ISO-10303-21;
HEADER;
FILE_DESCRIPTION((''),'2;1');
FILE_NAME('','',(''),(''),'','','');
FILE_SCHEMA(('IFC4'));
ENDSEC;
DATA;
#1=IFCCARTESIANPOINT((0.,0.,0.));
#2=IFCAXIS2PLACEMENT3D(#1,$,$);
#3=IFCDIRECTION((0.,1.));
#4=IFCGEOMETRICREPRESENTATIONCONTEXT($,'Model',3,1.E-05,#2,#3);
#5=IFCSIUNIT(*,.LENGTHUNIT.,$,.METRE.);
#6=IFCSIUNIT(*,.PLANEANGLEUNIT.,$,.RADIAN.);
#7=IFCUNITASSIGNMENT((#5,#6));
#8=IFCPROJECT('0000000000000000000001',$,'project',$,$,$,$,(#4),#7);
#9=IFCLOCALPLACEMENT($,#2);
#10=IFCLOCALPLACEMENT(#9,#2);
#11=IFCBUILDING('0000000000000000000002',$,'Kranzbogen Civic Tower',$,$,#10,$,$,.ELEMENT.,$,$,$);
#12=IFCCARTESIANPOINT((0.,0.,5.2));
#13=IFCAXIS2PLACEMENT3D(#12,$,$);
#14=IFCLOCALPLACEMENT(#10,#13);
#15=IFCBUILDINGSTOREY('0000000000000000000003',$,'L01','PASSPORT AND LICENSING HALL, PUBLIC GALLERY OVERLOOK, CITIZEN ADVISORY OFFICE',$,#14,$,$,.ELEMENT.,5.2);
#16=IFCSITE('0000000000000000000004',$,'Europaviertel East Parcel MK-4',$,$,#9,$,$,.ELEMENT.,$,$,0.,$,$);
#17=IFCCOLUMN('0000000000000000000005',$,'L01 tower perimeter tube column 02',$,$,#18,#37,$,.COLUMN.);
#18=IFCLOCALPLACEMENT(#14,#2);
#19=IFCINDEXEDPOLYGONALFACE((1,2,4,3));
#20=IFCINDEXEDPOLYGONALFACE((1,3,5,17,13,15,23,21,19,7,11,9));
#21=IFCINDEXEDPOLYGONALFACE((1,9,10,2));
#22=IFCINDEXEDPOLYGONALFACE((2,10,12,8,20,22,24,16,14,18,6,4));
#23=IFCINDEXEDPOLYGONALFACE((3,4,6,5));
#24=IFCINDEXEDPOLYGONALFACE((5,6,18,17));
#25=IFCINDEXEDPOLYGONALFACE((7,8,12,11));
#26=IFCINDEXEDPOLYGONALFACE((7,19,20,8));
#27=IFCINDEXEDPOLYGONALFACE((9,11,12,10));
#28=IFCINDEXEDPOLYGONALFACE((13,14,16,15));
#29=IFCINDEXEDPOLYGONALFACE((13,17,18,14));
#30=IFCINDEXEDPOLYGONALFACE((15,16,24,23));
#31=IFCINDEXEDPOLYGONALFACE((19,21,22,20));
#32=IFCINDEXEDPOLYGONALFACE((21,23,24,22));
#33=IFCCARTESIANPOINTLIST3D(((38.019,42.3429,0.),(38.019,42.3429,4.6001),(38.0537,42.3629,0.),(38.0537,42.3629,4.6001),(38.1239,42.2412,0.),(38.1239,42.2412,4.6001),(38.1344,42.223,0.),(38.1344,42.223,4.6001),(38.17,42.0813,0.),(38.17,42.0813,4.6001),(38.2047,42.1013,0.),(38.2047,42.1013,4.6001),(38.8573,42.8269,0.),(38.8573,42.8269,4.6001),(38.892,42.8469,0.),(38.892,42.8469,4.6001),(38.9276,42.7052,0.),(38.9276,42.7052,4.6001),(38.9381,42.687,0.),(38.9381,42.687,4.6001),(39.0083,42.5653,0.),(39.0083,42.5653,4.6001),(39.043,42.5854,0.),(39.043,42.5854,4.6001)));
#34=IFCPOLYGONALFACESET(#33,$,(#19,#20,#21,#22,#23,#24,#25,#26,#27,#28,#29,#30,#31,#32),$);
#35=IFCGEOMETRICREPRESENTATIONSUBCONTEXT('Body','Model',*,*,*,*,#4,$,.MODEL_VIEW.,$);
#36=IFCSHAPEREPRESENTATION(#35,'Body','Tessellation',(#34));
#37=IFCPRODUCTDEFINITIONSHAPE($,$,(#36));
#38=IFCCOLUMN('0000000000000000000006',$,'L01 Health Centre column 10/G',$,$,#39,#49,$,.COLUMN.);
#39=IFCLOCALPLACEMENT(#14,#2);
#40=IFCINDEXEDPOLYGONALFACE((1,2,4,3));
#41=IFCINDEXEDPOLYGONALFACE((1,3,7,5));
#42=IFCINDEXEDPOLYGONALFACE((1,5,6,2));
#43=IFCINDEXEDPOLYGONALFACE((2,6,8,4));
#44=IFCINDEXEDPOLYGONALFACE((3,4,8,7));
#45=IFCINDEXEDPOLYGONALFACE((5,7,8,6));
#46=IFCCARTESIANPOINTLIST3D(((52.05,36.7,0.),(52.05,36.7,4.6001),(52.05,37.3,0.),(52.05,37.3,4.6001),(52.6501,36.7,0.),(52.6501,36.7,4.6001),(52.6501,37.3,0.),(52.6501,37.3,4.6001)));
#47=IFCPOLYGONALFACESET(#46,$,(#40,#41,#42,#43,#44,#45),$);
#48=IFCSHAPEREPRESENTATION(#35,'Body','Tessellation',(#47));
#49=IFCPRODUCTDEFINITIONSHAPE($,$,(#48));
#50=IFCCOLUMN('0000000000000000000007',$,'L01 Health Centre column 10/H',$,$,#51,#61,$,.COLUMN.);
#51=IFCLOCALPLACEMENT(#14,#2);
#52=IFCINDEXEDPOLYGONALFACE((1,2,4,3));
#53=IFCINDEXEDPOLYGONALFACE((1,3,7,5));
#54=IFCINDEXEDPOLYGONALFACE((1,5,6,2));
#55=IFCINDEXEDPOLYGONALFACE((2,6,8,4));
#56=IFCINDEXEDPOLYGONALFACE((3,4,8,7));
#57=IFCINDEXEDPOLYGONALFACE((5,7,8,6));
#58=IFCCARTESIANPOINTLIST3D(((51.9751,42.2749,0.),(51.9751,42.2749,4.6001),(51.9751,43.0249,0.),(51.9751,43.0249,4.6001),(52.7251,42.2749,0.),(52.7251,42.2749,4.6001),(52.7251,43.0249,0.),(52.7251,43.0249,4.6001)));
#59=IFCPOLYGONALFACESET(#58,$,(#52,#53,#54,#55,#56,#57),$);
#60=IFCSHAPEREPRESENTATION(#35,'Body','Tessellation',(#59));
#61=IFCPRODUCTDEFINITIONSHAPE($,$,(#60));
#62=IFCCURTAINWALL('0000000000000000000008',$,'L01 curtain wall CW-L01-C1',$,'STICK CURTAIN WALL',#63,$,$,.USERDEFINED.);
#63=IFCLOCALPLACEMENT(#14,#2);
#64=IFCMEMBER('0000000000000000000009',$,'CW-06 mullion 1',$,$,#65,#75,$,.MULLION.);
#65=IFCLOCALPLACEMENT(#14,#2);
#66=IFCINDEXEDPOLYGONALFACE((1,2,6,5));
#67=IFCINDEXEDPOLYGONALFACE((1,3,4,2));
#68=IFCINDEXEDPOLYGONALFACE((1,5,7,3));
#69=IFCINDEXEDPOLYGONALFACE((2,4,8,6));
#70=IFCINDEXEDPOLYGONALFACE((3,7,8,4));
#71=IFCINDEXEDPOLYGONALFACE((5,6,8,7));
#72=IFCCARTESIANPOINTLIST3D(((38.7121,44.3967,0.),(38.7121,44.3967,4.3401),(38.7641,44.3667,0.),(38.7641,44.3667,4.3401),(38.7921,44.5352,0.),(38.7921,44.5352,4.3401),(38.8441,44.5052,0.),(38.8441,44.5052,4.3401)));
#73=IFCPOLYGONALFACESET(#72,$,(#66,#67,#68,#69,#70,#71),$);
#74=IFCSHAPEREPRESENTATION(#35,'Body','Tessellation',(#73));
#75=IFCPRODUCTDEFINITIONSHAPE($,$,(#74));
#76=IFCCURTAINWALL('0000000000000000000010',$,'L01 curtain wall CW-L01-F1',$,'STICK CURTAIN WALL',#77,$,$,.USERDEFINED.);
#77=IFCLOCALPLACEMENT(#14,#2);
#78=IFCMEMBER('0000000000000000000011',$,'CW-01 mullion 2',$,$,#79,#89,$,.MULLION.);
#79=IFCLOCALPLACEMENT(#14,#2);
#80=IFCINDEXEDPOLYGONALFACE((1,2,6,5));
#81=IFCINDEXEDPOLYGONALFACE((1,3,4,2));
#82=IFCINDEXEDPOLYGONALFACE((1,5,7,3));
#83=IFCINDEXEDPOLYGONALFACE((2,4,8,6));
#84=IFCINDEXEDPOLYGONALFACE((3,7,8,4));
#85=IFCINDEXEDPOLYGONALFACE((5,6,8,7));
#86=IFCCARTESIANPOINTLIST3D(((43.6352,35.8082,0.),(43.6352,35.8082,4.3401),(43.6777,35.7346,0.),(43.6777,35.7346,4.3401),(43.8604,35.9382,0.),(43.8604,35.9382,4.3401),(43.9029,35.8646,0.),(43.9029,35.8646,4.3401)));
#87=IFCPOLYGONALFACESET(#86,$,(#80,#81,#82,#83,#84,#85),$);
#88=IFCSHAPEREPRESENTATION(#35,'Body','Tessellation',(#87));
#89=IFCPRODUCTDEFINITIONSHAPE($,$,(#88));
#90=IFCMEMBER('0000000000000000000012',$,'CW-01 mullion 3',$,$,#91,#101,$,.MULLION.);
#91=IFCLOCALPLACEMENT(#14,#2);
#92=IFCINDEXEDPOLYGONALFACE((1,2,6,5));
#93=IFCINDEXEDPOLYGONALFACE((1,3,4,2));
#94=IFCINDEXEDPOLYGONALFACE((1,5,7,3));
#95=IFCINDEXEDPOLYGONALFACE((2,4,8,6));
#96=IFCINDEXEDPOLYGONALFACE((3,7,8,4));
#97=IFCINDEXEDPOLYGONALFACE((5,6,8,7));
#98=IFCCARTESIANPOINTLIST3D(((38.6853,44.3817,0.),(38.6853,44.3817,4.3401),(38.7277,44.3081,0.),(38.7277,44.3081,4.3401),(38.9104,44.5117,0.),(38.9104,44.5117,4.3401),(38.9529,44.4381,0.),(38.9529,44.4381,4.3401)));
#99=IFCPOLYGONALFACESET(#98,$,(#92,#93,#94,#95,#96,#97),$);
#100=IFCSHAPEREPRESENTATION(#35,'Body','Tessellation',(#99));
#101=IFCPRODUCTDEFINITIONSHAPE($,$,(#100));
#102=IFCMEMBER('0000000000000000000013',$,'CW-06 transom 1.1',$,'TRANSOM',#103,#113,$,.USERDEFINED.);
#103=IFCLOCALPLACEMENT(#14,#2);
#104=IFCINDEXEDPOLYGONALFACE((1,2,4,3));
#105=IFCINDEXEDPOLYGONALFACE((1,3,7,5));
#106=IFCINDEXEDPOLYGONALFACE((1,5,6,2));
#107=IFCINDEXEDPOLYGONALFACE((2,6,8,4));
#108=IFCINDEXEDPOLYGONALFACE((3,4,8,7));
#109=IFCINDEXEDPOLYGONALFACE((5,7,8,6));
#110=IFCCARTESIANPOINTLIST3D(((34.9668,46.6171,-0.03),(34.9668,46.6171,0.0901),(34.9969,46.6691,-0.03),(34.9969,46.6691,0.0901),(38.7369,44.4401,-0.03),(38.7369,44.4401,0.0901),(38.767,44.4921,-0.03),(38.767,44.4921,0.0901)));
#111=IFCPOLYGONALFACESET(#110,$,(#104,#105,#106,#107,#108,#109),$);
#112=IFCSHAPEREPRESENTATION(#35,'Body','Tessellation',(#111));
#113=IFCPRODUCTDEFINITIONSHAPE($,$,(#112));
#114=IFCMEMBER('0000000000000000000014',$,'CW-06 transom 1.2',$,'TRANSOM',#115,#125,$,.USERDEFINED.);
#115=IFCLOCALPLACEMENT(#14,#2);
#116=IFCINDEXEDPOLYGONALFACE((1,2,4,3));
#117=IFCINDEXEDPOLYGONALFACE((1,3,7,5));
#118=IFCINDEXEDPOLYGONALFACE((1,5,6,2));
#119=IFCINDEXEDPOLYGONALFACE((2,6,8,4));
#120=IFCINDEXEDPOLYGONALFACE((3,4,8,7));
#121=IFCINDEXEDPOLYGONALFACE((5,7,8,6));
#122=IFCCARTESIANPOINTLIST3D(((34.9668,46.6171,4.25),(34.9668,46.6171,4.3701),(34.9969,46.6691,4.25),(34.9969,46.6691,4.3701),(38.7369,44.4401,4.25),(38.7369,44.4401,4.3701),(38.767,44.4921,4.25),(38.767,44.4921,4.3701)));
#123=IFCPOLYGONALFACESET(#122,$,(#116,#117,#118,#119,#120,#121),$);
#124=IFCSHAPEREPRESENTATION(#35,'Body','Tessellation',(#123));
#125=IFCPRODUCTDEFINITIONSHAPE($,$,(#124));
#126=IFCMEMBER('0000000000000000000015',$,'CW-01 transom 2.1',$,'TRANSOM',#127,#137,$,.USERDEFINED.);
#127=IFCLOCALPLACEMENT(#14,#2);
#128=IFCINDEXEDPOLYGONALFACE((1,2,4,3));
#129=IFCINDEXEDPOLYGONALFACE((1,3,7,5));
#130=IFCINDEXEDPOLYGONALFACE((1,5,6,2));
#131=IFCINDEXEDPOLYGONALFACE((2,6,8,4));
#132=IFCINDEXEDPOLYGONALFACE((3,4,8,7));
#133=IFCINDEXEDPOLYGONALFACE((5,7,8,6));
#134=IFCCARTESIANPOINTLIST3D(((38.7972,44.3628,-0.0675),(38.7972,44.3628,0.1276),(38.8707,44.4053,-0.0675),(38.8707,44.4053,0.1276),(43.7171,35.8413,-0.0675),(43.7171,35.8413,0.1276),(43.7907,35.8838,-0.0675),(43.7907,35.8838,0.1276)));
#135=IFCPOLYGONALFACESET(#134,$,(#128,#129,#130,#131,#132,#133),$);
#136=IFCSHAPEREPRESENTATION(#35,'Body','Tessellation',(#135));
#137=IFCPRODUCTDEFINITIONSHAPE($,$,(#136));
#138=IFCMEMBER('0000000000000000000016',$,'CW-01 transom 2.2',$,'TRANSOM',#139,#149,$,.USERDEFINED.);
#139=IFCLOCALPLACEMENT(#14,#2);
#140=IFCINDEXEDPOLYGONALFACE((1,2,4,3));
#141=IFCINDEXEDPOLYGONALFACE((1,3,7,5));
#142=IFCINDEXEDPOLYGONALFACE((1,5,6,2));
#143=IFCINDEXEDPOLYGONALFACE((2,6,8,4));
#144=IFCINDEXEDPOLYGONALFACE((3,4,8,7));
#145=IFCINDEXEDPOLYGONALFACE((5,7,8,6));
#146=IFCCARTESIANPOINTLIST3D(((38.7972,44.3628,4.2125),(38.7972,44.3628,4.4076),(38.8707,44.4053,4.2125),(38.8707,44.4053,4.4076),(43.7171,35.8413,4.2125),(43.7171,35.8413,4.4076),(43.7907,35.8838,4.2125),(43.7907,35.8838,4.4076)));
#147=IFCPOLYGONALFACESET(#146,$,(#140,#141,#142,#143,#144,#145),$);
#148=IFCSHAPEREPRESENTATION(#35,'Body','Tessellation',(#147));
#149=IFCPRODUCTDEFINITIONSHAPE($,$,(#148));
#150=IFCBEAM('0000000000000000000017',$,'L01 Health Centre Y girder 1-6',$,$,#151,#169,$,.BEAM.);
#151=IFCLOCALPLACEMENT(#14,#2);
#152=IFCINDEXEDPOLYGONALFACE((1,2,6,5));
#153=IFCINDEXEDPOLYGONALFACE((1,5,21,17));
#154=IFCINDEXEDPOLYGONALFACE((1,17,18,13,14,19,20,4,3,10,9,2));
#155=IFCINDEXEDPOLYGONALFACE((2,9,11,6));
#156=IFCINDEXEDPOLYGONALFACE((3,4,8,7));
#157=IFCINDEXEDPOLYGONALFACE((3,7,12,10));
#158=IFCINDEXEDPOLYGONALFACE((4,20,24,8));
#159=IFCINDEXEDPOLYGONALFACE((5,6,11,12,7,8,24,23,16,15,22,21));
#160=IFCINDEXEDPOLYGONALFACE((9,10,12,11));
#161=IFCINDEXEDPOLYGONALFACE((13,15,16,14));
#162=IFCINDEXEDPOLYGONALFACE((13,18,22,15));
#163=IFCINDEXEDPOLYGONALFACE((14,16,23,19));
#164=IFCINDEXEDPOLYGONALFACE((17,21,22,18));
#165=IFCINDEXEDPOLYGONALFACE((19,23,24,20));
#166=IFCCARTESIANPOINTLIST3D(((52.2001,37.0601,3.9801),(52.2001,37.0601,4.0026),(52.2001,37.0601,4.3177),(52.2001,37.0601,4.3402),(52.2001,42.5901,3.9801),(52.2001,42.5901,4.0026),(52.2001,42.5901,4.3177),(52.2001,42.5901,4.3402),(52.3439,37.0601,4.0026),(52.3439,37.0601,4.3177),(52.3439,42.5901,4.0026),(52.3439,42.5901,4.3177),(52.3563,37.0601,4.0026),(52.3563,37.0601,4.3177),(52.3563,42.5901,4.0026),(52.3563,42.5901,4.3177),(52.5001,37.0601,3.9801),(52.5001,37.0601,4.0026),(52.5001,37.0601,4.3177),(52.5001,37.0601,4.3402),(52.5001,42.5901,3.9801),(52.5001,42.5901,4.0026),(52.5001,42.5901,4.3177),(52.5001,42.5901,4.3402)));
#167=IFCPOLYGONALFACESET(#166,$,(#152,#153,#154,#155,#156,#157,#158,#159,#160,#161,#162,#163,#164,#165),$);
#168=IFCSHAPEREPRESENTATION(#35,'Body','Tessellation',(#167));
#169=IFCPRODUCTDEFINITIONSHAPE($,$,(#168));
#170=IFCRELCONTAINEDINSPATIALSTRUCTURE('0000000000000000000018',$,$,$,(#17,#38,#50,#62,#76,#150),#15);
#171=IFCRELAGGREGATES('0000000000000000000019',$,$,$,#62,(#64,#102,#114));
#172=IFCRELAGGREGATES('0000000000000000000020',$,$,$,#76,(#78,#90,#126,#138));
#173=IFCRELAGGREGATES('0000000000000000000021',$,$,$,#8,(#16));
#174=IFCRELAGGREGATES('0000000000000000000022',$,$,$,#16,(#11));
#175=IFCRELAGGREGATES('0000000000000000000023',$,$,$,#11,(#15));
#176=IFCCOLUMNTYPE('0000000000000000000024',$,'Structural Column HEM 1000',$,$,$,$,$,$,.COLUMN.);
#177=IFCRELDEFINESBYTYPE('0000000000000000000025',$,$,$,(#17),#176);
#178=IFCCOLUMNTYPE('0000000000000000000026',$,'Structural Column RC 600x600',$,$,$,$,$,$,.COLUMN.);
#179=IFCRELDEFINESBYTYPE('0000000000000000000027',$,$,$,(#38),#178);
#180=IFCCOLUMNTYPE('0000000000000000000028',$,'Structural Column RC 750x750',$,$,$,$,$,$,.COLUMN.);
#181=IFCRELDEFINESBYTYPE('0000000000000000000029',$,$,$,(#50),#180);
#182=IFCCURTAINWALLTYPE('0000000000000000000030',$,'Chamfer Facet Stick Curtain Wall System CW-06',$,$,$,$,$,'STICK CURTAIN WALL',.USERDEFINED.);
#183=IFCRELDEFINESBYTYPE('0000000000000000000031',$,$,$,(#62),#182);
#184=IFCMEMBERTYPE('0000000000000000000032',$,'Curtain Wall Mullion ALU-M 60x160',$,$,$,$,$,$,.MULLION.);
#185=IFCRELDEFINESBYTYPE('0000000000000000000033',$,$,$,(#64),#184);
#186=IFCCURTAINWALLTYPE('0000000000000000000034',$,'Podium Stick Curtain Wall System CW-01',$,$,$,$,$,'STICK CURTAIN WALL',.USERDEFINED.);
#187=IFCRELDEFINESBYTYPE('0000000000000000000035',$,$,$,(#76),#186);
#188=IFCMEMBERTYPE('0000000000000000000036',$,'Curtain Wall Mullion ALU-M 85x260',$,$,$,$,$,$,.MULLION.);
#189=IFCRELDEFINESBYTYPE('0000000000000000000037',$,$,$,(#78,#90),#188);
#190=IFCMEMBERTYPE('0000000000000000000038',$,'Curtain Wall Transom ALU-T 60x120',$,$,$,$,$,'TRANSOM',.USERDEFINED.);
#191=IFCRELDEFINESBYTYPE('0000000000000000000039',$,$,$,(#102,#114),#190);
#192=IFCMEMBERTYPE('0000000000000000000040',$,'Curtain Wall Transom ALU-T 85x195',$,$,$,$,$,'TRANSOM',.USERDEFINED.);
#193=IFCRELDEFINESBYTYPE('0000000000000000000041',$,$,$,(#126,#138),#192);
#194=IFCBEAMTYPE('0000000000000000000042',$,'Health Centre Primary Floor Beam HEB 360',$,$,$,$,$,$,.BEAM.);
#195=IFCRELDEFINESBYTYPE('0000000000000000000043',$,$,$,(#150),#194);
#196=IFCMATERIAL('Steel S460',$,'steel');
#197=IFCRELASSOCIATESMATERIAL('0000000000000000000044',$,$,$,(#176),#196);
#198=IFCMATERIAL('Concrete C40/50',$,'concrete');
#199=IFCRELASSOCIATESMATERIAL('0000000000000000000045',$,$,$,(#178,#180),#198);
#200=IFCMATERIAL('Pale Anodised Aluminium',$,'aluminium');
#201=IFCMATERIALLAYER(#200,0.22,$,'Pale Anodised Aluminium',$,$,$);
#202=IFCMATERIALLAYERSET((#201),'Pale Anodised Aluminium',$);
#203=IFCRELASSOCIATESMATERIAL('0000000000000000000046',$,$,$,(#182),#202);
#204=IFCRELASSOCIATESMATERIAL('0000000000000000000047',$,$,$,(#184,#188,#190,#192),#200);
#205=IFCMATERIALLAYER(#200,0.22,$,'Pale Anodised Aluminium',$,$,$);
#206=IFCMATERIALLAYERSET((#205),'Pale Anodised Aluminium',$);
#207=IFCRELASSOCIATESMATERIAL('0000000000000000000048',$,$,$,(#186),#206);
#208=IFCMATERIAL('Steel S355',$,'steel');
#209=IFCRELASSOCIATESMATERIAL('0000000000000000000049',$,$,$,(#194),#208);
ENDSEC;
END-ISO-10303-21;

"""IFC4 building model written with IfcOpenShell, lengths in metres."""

from ifc_helpers import new_model, si_unit, direction, frame, origin, origin_2d, place, context, subcontext, project, spatial, rectangle, i_section, extrude, material, layer, layer_set, material_profile, profile_set, type_object, element, aggregate, save


model = new_model("IFC4")

# Units and contexts
model_context = context("Model", 3, precision=1e-05, world=origin(), true_north=direction((0.0, 1.0)))
body_context = subcontext(model_context, "Body", "Model", "MODEL_VIEW")
ifc_project = project(units=[si_unit("LENGTHUNIT", "METRE"), si_unit("PLANEANGLEUNIT", "RADIAN")], contexts=[model_context])

# Site, building, storey
site_placement = place(None, origin())
site = spatial("IfcSite", under=ifc_project, at=site_placement, Name="Europaviertel East Parcel MK-4", CompositionType="ELEMENT", RefElevation=0.0)
building_placement = place(site_placement, origin())
building = spatial("IfcBuilding", under=site, at=building_placement, Name="Kranzbogen Civic Tower", CompositionType="ELEMENT")
storey_placement = place(building_placement, frame((0.0, 0.0, 5.2)))
storey = spatial("IfcBuildingStorey", under=building, at=storey_placement, Name="L01", Description="PASSPORT AND LICENSING HALL, PUBLIC GALLERY OVERLOOK, CITIZEN ADVISORY OFFICE", CompositionType="ELEMENT", Elevation=5.2)

# Columns
ifc_material_1 = material(Name="Steel S460", Category="steel")
ifc_material_profile_1 = material_profile(ifc_material_1, i_section(OverallWidth=0.302, OverallDepth=1.0081, WebThickness=0.021, FlangeThickness=0.04, at=origin_2d()), Name="HEM 1000")
ifc_profile_set_1 = profile_set([ifc_material_profile_1], Name="Steel S460")
column_type_1 = type_object("IfcColumnType", Name="Structural Column HEM 1000", PredefinedType="COLUMN", material=ifc_profile_set_1)
column_1_placement = place(storey_placement, frame((38.531, 42.4641, 0.0), z_axis=(0.0, 0.0, 1.0), x_axis=(-0.5, 0.866025, 0.0)))
element("IfcColumn", 1, at=column_1_placement, inside=storey, type_object=column_type_1, Name="L01 tower perimeter tube column 02", PredefinedType="COLUMN", context=body_context, shape_type="SweptSolid", body=[
    extrude(i_section(OverallWidth=0.302, OverallDepth=1.0081, WebThickness=0.021, FlangeThickness=0.04, at=origin_2d()), origin(), (0.0, 0.0, 1.0), 4.6001),
])
ifc_material_2 = material(Name="Concrete C40/50", Category="concrete")
ifc_material_profile_2 = material_profile(ifc_material_2, rectangle(XDim=0.6001, YDim=0.6001, at=origin_2d()), Name="RC 600x600")
ifc_profile_set_2 = profile_set([ifc_material_profile_2], Name="Concrete C40/50")
column_type_2 = type_object("IfcColumnType", Name="Structural Column RC 600x600", PredefinedType="COLUMN", material=ifc_profile_set_2)
column_2_placement = place(storey_placement, frame((52.3501, 37.0, 0.0), z_axis=(0.0, 0.0, 1.0), x_axis=(1.0, 0.0, 0.0)))
element("IfcColumn", 2, at=column_2_placement, inside=storey, type_object=column_type_2, Name="L01 Health Centre column 10/G", PredefinedType="COLUMN", context=body_context, shape_type="SweptSolid", body=[
    extrude(rectangle(XDim=0.6001, YDim=0.6001, at=origin_2d()), origin(), (0.0, 0.0, 1.0), 4.6001),
])
ifc_material_profile_3 = material_profile(ifc_material_2, rectangle(XDim=0.75, YDim=0.75, at=origin_2d()), Name="RC 750x750")
ifc_profile_set_3 = profile_set([ifc_material_profile_3], Name="Concrete C40/50")
column_type_3 = type_object("IfcColumnType", Name="Structural Column RC 750x750", PredefinedType="COLUMN", material=ifc_profile_set_3)
column_3_placement = place(storey_placement, frame((52.3501, 42.6499, 0.0), z_axis=(0.0, 0.0, 1.0), x_axis=(1.0, 0.0, 0.0)))
element("IfcColumn", 3, at=column_3_placement, inside=storey, type_object=column_type_3, Name="L01 Health Centre column 10/H", PredefinedType="COLUMN", context=body_context, shape_type="SweptSolid", body=[
    extrude(rectangle(XDim=0.75, YDim=0.75, at=origin_2d()), origin(), (0.0, 0.0, 1.0), 4.6001),
])

# Curtain wall, member
ifc_material_3 = material(Name="Pale Anodised Aluminium", Category="aluminium")
ifc_layer_1 = layer(ifc_material_3, 0.22, Name="Pale Anodised Aluminium")
ifc_layer_set_1 = layer_set([ifc_layer_1], Name="Pale Anodised Aluminium")
curtain_wall_type_1 = type_object("IfcCurtainWallType", Name="Chamfer Facet Stick Curtain Wall System CW-06", ElementType="STICK CURTAIN WALL", PredefinedType="USERDEFINED", material=ifc_layer_set_1)
curtain_wall_1_placement = place(storey_placement, origin())
curtain_wall_1 = element("IfcCurtainWall", 4, at=curtain_wall_1_placement, inside=storey, type_object=curtain_wall_type_1, Name="L01 curtain wall CW-L01-C1", ObjectType="STICK CURTAIN WALL", PredefinedType="USERDEFINED")
ifc_material_profile_4 = material_profile(ifc_material_3, rectangle(XDim=0.0601, YDim=0.1599, at=origin_2d()), Name="ALU-M 60x160")
ifc_profile_set_4 = profile_set([ifc_material_profile_4], Name="Pale Anodised Aluminium")
member_type_1 = type_object("IfcMemberType", Name="Curtain Wall Mullion ALU-M 60x160", PredefinedType="MULLION", material=ifc_profile_set_4)
member_1_placement = place(storey_placement, frame((38.7781, 44.4509, 0.0), z_axis=(0.0, 0.0, 1.0), x_axis=(-0.865992, 0.500058, 0.0)))
member_1 = element("IfcMember", 5, at=member_1_placement, type_object=member_type_1, Name="CW-06 mullion 1", PredefinedType="MULLION", context=body_context, shape_type="SweptSolid", body=[
    extrude(rectangle(XDim=0.0601, YDim=0.1599, at=origin_2d()), origin(), (0.0, 0.0, 1.0), 4.3401),
])

# Curtain wall, members
ifc_layer_2 = layer(ifc_material_3, 0.22, Name="Pale Anodised Aluminium")
ifc_layer_set_2 = layer_set([ifc_layer_2], Name="Pale Anodised Aluminium")
curtain_wall_type_2 = type_object("IfcCurtainWallType", Name="Podium Stick Curtain Wall System CW-01", ElementType="STICK CURTAIN WALL", PredefinedType="USERDEFINED", material=ifc_layer_set_2)
curtain_wall_2_placement = place(storey_placement, origin())
curtain_wall_2 = element("IfcCurtainWall", 6, at=curtain_wall_2_placement, inside=storey, type_object=curtain_wall_type_2, Name="L01 curtain wall CW-L01-F1", ObjectType="STICK CURTAIN WALL", PredefinedType="USERDEFINED")
ifc_material_profile_5 = material_profile(ifc_material_3, rectangle(XDim=0.085, YDim=0.26, at=origin_2d()), Name="ALU-M 85x260")
ifc_profile_set_5 = profile_set([ifc_material_profile_5], Name="Pale Anodised Aluminium")
member_type_2 = type_object("IfcMemberType", Name="Curtain Wall Mullion ALU-M 85x260", PredefinedType="MULLION", material=ifc_profile_set_5)
member_2_placement = place(storey_placement, frame((43.769, 35.8364, 0.0), z_axis=(0.0, 0.0, 1.0), x_axis=(-0.500006, 0.866022, 0.0)))
member_2 = element("IfcMember", 7, at=member_2_placement, type_object=member_type_2, Name="CW-01 mullion 2", PredefinedType="MULLION", context=body_context, shape_type="SweptSolid", body=[
    extrude(rectangle(XDim=0.085, YDim=0.26, at=origin_2d()), origin(), (0.0, 0.0, 1.0), 4.3401),
])
member_3_placement = place(storey_placement, frame((38.8191, 44.4099, 0.0), z_axis=(0.0, 0.0, 1.0), x_axis=(-0.500006, 0.866022, 0.0)))
member_3 = element("IfcMember", 8, at=member_3_placement, type_object=member_type_2, Name="CW-01 mullion 3", PredefinedType="MULLION", context=body_context, shape_type="SweptSolid", body=[
    extrude(rectangle(XDim=0.085, YDim=0.26, at=origin_2d()), origin(), (0.0, 0.0, 1.0), 4.3401),
])

# Members
ifc_material_profile_6 = material_profile(ifc_material_3, rectangle(XDim=0.0601, YDim=0.1201, at=origin_2d()), Name="ALU-T 60x120")
ifc_profile_set_6 = profile_set([ifc_material_profile_6], Name="Pale Anodised Aluminium")
member_type_3 = type_object("IfcMemberType", Name="Curtain Wall Transom ALU-T 60x120", ElementType="TRANSOM", PredefinedType="USERDEFINED", material=ifc_profile_set_6)
member_4_placement = place(storey_placement, frame((38.752, 44.4661, 0.03), z_axis=(-0.865988, 0.500065, 0.0), x_axis=(-0.500065, -0.865988, 0.0)))
member_4 = element("IfcMember", 9, at=member_4_placement, type_object=member_type_3, Name="CW-06 transom 1.1", ObjectType="TRANSOM", PredefinedType="USERDEFINED", context=body_context, shape_type="SweptSolid", body=[
    extrude(rectangle(XDim=0.0601, YDim=0.1201, at=origin_2d()), origin(), (0.0, 0.0, 1.0), 4.3535),
])
member_5_placement = place(storey_placement, frame((38.752, 44.4661, 4.3101), z_axis=(-0.865988, 0.500065, 0.0), x_axis=(-0.500065, -0.865988, 0.0)))
member_5 = element("IfcMember", 10, at=member_5_placement, type_object=member_type_3, Name="CW-06 transom 1.2", ObjectType="TRANSOM", PredefinedType="USERDEFINED", context=body_context, shape_type="SweptSolid", body=[
    extrude(rectangle(XDim=0.0601, YDim=0.1201, at=origin_2d()), origin(), (0.0, 0.0, 1.0), 4.3535),
])
ifc_material_profile_7 = material_profile(ifc_material_3, rectangle(XDim=0.085, YDim=0.1951, at=origin_2d()), Name="ALU-T 85x195")
ifc_profile_set_7 = profile_set([ifc_material_profile_7], Name="Pale Anodised Aluminium")
member_type_4 = type_object("IfcMemberType", Name="Curtain Wall Transom ALU-T 85x195", ElementType="TRANSOM", PredefinedType="USERDEFINED", material=ifc_profile_set_7)
member_6_placement = place(storey_placement, frame((43.7539, 35.8625, 0.03), z_axis=(-0.500003, 0.866024, 0.0), x_axis=(-0.866024, -0.500003, 0.0)))
member_6 = element("IfcMember", 11, at=member_6_placement, type_object=member_type_4, Name="CW-01 transom 2.1", ObjectType="TRANSOM", PredefinedType="USERDEFINED", context=body_context, shape_type="SweptSolid", body=[
    extrude(rectangle(XDim=0.085, YDim=0.1951, at=origin_2d()), origin(), (0.0, 0.0, 1.0), 9.8398),
])
member_7_placement = place(storey_placement, frame((43.7539, 35.8625, 4.3101), z_axis=(-0.500003, 0.866024, 0.0), x_axis=(-0.866024, -0.500003, 0.0)))
member_7 = element("IfcMember", 12, at=member_7_placement, type_object=member_type_4, Name="CW-01 transom 2.2", ObjectType="TRANSOM", PredefinedType="USERDEFINED", context=body_context, shape_type="SweptSolid", body=[
    extrude(rectangle(XDim=0.085, YDim=0.1951, at=origin_2d()), origin(), (0.0, 0.0, 1.0), 9.8398),
])

# Beam
ifc_material_4 = material(Name="Steel S355", Category="steel")
ifc_material_profile_8 = material_profile(ifc_material_4, i_section(OverallWidth=0.3, OverallDepth=0.3601, WebThickness=0.0125, FlangeThickness=0.0225, at=origin_2d()), Name="HEB 360")
ifc_profile_set_8 = profile_set([ifc_material_profile_8], Name="Steel S355")
beam_type_1 = type_object("IfcBeamType", Name="Health Centre Primary Floor Beam HEB 360", PredefinedType="BEAM", material=ifc_profile_set_8)
beam_1_placement = place(storey_placement, frame((52.3501, 37.0601, 4.1602), z_axis=(0.0, 1.0, 0.0), x_axis=(-1.0, 0.0, 0.0)))
element("IfcBeam", 13, at=beam_1_placement, inside=storey, type_object=beam_type_1, Name="L01 Health Centre Y girder 1-6", PredefinedType="BEAM", context=body_context, shape_type="SweptSolid", body=[
    extrude(i_section(OverallWidth=0.3, OverallDepth=0.3601, WebThickness=0.0125, FlangeThickness=0.0225, at=origin_2d()), origin(), (0.0, 0.0, 1.0), 5.53),
])

aggregate(curtain_wall_1, [member_1, member_4, member_5])
aggregate(curtain_wall_2, [member_2, member_3, member_6, member_7])

save(model, "model.ifc")
